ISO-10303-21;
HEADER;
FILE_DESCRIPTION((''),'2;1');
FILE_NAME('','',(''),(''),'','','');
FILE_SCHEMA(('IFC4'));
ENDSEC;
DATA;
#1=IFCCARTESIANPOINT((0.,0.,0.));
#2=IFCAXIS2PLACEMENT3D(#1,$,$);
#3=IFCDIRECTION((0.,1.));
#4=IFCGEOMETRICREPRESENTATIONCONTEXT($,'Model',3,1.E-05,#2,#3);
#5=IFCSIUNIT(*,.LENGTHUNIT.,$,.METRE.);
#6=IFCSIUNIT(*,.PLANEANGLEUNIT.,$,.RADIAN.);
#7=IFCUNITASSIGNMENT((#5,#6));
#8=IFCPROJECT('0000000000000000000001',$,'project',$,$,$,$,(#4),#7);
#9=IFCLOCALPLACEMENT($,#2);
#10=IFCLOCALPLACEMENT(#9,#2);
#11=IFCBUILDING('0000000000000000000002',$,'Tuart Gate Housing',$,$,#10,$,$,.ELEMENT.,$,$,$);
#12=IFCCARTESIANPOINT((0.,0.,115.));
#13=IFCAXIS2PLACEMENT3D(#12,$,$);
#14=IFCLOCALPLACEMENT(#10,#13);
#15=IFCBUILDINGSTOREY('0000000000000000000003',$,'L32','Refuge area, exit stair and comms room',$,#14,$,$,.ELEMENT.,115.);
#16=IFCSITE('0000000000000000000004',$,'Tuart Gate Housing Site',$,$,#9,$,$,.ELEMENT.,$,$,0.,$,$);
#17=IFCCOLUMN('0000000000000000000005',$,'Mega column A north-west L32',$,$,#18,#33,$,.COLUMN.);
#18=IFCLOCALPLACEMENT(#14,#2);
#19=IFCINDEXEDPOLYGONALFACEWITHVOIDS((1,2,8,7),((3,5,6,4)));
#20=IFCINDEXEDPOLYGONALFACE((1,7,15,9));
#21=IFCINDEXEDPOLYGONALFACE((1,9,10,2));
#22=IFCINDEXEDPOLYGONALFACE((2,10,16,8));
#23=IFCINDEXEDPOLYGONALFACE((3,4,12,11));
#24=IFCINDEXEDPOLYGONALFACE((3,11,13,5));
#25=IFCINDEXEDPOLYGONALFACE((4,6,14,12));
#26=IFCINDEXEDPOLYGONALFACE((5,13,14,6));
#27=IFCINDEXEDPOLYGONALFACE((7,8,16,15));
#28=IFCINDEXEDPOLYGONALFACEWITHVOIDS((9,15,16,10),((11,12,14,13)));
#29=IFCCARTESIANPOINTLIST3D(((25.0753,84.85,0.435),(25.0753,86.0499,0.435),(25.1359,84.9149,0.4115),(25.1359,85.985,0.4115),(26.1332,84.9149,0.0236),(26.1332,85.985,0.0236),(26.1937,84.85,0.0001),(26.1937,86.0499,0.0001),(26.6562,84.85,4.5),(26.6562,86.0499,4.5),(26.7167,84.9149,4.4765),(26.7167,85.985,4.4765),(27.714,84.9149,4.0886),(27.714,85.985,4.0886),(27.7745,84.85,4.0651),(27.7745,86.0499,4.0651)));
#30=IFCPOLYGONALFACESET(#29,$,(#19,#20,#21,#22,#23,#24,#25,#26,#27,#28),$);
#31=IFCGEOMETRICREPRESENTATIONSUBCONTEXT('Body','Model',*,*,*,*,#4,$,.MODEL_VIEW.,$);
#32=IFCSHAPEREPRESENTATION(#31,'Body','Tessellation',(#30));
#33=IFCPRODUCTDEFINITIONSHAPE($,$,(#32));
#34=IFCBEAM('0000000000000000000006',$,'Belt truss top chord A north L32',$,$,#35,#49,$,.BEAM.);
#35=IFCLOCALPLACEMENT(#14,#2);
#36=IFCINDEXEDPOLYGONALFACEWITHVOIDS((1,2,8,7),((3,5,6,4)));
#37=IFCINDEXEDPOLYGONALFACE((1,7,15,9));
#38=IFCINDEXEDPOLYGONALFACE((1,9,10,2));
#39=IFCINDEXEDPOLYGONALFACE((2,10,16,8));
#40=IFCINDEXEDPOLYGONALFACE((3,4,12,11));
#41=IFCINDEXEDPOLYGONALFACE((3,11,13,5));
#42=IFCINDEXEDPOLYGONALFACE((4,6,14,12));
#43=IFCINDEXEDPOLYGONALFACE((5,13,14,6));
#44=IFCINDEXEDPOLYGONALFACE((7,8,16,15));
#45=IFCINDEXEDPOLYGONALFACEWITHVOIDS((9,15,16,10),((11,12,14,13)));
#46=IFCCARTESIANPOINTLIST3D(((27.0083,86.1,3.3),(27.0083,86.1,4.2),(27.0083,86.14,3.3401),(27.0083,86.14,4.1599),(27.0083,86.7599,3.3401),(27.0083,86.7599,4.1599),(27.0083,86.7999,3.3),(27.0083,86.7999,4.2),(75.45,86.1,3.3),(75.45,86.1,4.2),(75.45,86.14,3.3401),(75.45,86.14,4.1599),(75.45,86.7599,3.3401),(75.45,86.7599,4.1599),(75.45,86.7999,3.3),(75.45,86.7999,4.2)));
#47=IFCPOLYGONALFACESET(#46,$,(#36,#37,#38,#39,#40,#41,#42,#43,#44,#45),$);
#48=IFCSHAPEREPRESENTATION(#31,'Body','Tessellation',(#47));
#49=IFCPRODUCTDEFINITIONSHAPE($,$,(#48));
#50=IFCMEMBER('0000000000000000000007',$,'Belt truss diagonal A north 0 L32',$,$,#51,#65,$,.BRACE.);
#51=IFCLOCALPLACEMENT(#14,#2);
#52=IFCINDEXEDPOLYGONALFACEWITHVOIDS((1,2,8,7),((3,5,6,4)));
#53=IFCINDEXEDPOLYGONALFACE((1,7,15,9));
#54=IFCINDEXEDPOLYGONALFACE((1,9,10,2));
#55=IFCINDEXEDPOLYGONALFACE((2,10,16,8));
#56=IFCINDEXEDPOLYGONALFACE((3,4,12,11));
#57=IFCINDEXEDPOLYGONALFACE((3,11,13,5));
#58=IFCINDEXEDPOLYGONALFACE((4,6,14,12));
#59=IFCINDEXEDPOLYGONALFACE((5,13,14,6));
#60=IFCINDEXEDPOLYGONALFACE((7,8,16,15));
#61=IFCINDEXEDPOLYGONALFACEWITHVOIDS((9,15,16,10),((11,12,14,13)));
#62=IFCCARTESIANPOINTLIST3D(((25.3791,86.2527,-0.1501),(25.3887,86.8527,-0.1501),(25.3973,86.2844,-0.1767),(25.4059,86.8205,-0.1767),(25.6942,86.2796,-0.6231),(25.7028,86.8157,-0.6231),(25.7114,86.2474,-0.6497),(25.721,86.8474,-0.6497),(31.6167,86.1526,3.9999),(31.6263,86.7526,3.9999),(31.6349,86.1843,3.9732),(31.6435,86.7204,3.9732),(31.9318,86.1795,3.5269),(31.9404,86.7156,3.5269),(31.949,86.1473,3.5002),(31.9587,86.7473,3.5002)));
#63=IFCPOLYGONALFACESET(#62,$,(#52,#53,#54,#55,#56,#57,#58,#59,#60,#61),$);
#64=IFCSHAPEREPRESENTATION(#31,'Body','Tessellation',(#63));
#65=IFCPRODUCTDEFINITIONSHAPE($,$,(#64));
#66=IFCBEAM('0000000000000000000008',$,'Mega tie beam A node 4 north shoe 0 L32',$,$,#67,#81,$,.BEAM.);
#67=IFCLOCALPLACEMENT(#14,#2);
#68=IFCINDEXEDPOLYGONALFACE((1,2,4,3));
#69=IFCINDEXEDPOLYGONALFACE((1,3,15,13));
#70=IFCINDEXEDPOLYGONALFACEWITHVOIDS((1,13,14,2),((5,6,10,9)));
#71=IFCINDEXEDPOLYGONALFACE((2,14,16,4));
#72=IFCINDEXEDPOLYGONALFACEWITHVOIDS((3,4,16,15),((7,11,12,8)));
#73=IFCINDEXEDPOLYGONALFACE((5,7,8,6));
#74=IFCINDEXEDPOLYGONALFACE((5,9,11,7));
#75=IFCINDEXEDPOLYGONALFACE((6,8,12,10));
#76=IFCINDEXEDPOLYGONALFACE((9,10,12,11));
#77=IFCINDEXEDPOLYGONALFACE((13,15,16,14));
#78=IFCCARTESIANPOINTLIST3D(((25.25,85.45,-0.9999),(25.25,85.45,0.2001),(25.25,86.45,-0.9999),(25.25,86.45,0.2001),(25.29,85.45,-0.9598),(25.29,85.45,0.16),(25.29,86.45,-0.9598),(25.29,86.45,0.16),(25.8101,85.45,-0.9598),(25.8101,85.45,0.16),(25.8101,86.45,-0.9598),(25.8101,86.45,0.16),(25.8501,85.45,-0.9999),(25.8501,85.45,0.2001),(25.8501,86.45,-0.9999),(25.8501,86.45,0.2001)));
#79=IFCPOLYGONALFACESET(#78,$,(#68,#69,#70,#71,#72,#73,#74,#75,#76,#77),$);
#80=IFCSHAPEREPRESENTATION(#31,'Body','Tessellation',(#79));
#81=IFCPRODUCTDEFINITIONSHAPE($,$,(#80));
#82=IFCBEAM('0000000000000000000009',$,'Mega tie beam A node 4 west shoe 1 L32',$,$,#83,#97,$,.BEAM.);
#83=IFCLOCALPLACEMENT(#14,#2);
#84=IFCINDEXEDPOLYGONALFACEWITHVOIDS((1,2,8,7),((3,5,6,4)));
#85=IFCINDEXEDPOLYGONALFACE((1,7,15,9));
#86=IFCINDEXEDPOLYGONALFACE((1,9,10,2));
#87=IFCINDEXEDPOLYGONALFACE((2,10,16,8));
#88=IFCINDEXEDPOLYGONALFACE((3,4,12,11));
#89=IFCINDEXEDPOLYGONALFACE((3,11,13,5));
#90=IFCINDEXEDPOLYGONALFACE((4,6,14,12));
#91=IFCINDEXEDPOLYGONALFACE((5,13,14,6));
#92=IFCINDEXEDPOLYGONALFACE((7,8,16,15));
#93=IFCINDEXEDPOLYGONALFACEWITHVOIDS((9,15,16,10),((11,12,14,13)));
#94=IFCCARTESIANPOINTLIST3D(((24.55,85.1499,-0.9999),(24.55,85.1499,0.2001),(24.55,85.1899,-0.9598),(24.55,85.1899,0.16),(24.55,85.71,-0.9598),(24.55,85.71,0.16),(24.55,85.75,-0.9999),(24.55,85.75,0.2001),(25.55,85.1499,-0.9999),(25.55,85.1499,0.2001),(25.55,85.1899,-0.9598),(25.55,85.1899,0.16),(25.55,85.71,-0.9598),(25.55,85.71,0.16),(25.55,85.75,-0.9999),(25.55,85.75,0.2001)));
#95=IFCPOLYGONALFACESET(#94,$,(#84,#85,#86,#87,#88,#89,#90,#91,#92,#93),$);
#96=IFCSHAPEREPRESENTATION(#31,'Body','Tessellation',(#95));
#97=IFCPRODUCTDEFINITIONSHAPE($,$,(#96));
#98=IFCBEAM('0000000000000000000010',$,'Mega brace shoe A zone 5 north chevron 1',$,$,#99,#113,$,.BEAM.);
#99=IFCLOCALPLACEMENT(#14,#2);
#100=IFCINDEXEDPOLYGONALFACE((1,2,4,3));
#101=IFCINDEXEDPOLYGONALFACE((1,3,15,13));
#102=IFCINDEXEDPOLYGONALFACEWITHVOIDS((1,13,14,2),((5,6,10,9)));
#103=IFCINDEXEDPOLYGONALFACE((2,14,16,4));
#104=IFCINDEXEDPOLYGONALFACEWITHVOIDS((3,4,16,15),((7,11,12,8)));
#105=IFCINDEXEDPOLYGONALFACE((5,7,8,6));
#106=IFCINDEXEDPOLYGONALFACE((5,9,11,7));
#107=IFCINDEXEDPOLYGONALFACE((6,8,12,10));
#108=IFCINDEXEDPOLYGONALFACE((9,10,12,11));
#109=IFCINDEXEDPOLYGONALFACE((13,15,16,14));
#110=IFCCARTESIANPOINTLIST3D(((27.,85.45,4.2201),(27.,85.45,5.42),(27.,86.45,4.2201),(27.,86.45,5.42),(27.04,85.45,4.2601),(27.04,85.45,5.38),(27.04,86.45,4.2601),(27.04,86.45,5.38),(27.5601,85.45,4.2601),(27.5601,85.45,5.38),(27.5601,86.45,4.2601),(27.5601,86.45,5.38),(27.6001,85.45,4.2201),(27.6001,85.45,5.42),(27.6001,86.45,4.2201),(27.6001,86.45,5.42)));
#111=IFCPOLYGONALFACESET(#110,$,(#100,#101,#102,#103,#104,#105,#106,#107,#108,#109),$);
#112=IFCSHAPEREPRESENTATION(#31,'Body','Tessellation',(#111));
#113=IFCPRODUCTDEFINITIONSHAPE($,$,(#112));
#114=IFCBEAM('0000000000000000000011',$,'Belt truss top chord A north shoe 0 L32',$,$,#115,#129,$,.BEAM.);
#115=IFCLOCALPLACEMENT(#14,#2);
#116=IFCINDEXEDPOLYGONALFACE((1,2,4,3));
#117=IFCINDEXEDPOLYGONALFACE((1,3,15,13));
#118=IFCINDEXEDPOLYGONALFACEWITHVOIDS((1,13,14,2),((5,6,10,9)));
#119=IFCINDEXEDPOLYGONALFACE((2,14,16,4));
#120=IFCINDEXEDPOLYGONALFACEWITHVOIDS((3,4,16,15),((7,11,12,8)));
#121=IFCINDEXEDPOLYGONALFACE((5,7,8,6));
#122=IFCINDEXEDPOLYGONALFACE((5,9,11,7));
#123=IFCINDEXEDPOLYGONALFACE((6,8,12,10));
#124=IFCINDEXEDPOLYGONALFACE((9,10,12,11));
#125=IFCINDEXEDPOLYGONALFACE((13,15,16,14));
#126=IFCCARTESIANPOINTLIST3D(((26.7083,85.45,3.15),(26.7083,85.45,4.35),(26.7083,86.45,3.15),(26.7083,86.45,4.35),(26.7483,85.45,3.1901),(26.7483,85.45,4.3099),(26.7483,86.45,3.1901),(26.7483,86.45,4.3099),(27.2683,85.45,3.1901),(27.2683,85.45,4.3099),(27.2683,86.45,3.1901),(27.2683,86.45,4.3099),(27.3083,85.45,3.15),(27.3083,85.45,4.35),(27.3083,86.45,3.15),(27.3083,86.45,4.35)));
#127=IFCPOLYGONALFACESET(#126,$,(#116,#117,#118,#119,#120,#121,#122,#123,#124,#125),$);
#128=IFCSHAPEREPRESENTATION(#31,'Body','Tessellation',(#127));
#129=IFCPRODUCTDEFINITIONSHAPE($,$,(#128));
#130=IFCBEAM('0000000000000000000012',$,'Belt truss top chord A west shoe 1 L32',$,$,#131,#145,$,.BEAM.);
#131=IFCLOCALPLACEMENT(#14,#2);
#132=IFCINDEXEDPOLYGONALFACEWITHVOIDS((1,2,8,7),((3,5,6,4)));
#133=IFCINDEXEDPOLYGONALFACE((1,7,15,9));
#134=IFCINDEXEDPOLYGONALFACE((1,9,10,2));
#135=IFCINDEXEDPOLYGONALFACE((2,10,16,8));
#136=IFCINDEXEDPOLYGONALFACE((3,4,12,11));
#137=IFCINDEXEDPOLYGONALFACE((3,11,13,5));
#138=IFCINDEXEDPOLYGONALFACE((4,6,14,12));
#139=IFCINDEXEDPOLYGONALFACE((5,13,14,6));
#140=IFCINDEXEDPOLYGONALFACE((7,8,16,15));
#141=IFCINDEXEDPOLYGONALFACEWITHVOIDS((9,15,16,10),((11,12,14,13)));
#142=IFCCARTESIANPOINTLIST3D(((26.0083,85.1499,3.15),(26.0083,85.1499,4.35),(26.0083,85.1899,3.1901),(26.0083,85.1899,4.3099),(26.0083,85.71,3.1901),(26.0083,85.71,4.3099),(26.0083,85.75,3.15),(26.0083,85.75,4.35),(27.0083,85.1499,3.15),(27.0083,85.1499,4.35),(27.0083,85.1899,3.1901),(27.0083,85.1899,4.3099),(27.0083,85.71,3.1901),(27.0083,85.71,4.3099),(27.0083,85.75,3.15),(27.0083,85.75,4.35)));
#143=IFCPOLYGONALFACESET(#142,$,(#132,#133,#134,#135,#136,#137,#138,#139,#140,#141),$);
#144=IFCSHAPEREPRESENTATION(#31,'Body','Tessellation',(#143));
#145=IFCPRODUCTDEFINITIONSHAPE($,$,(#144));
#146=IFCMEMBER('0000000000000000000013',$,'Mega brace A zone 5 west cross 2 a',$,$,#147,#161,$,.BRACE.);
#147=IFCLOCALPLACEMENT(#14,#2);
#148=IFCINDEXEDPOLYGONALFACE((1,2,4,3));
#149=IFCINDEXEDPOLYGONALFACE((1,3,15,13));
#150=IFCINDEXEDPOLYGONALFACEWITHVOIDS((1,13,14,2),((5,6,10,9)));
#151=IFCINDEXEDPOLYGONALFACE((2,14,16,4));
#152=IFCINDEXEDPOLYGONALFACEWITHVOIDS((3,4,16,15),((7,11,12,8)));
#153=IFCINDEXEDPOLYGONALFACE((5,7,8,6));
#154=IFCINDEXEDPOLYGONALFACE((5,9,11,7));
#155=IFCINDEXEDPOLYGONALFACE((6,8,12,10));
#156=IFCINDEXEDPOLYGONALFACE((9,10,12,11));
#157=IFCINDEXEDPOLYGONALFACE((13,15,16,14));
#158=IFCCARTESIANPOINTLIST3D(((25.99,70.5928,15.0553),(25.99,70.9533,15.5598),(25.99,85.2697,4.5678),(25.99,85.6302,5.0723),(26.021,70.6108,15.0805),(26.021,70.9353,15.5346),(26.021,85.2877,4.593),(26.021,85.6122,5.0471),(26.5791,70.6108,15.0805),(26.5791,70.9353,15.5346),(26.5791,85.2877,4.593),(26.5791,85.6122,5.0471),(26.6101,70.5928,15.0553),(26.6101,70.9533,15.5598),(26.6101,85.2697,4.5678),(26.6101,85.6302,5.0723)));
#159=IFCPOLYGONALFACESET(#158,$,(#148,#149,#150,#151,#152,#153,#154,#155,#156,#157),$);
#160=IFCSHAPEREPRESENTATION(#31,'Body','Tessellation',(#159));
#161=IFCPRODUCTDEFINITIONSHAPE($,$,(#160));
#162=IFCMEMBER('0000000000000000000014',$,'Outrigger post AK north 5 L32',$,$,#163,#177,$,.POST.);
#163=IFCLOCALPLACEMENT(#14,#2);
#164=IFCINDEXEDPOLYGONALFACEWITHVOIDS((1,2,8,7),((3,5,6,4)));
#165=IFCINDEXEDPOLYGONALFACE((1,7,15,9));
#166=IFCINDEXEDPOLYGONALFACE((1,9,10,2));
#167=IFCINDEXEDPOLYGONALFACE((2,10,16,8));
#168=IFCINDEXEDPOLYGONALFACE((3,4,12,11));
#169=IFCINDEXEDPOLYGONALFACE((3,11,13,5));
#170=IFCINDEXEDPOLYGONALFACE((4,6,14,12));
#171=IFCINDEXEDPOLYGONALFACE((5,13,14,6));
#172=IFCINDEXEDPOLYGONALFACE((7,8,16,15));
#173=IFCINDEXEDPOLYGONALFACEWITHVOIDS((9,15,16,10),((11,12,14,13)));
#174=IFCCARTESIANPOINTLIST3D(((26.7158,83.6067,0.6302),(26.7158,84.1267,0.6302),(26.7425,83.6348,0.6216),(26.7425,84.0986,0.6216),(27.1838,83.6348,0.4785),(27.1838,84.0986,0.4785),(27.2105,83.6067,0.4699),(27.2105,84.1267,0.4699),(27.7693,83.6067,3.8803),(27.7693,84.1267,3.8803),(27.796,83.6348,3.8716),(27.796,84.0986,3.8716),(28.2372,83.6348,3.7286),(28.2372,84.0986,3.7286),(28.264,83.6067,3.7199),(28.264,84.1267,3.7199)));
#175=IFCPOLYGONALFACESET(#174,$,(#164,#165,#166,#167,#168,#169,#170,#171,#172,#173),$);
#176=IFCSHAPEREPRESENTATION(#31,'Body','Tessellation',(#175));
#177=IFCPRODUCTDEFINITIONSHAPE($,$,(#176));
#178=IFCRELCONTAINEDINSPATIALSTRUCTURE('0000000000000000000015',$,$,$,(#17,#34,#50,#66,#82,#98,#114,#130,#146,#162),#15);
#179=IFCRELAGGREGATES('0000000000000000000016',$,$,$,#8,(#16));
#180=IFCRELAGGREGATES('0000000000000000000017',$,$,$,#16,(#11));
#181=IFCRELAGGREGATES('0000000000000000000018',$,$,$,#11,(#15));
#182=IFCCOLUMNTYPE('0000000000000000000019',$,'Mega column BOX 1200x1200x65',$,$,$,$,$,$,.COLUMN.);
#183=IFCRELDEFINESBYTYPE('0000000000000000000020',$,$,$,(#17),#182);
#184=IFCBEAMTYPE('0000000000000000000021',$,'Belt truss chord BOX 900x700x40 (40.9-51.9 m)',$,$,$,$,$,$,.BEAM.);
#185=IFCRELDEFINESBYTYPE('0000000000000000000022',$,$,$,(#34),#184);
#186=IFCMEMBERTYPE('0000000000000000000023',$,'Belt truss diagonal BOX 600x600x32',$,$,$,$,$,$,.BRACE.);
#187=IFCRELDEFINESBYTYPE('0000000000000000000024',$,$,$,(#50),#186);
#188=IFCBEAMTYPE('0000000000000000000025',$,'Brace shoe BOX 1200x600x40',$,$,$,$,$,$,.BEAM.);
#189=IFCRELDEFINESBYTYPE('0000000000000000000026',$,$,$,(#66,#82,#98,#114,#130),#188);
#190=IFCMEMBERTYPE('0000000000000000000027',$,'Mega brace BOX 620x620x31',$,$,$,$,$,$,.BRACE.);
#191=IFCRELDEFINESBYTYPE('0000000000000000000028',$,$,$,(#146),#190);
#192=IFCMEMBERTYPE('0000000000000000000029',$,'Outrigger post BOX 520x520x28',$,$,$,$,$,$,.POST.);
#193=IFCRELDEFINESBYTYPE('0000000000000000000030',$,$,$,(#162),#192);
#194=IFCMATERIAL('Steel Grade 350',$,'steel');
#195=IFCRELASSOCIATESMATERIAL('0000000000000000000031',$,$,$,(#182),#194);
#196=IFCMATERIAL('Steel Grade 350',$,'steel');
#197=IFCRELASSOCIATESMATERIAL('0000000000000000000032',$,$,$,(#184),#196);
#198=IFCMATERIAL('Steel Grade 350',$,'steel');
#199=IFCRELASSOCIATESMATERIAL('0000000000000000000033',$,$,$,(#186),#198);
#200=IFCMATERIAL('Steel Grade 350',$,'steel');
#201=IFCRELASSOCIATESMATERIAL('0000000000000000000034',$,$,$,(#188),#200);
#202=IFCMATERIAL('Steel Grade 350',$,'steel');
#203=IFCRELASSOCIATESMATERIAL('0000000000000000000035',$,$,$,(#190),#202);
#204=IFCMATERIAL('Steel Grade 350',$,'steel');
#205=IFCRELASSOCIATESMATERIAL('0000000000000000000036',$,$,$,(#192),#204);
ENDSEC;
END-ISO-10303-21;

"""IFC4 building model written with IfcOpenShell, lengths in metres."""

from ifc_helpers import new_model, si_unit, direction, frame, origin, origin_2d, place, context, subcontext, project, spatial, hollow_rectangle, extrude, material, material_profile, profile_set, type_object, element, save


model = new_model("IFC4")

# Units and contexts
model_context = context("Model", 3, precision=1e-05, world=origin(), true_north=direction((0.0, 1.0)))
body_context = subcontext(model_context, "Body", "Model", "MODEL_VIEW")
ifc_project = project(units=[si_unit("LENGTHUNIT", "METRE"), si_unit("PLANEANGLEUNIT", "RADIAN")], contexts=[model_context])

# Site, building, storey
site_placement = place(None, origin())
site = spatial("IfcSite", under=ifc_project, at=site_placement, Name="Tuart Gate Housing Site", CompositionType="ELEMENT", RefElevation=0.0)
building_placement = place(site_placement, origin())
building = spatial("IfcBuilding", under=site, at=building_placement, Name="Tuart Gate Housing", CompositionType="ELEMENT")
storey_placement = place(building_placement, frame((0.0, 0.0, 115.0)))
storey = spatial("IfcBuildingStorey", under=building, at=storey_placement, Name="L32", Description="Refuge area, exit stair and comms room", CompositionType="ELEMENT", Elevation=115.0)

# Column
ifc_material_1 = material(Name="Steel Grade 350", Category="steel")
ifc_material_profile_1 = material_profile(ifc_material_1, hollow_rectangle(XDim=1.2, YDim=1.2, WallThickness=0.0649, at=origin_2d()), Name="BOX 1200x1200x65")
ifc_profile_set_1 = profile_set([ifc_material_profile_1], Name="Steel Grade 350")
column_type = type_object("IfcColumnType", Name="Mega column BOX 1200x1200x65", PredefinedType="COLUMN", material=ifc_profile_set_1)
column_placement = place(storey_placement, frame((25.6345, 85.45, 0.2175), z_axis=(0.362446, 0.0, 0.932005), x_axis=(0.0, 1.0, 0.0)))
element("IfcColumn", 1, at=column_placement, inside=storey, type_object=column_type, Name="Mega column A north-west L32", PredefinedType="COLUMN", context=body_context, shape_type="SweptSolid", body=[
    extrude(hollow_rectangle(XDim=1.2, YDim=1.2, WallThickness=0.0649, at=origin_2d()), origin(), (0.0, 0.0, 1.0), 4.3616),
])

# Beam
ifc_material_2 = material(Name="Steel Grade 350", Category="steel")
ifc_material_profile_2 = material_profile(ifc_material_2, hollow_rectangle(XDim=0.7, YDim=0.8999, WallThickness=0.04, at=origin_2d()), Name="BOX 900x700x40")
ifc_profile_set_2 = profile_set([ifc_material_profile_2], Name="Steel Grade 350")
beam_type_1 = type_object("IfcBeamType", Name="Belt truss chord BOX 900x700x40 (40.9-51.9 m)", PredefinedType="BEAM", material=ifc_profile_set_2)
beam_1_placement = place(storey_placement, frame((27.0083, 86.45, 3.75), z_axis=(1.0, 0.0, 0.0), x_axis=(0.0, 1.0, 0.0)))
element("IfcBeam", 2, at=beam_1_placement, inside=storey, type_object=beam_type_1, Name="Belt truss top chord A north L32", PredefinedType="BEAM", context=body_context, shape_type="SweptSolid", body=[
    extrude(hollow_rectangle(XDim=0.7, YDim=0.8999, WallThickness=0.04, at=origin_2d()), origin(), (0.0, 0.0, 1.0), 48.4417),
])

# Member
ifc_material_3 = material(Name="Steel Grade 350", Category="steel")
ifc_material_profile_3 = material_profile(ifc_material_3, hollow_rectangle(XDim=0.6001, YDim=0.6001, WallThickness=0.032, at=origin_2d()), Name="BOX 600x600x32")
ifc_profile_set_3 = profile_set([ifc_material_profile_3], Name="Steel Grade 350")
member_type_1 = type_object("IfcMemberType", Name="Belt truss diagonal BOX 600x600x32", PredefinedType="BRACE", material=ifc_profile_set_3)
member_1_placement = place(storey_placement, frame((25.55, 86.55, -0.3999), z_axis=(0.832497, -0.01336, 0.553868), x_axis=(0.016046, 0.999871, 0.0)))
element("IfcMember", 3, at=member_1_placement, inside=storey, type_object=member_type_1, Name="Belt truss diagonal A north 0 L32", PredefinedType="BRACE", context=body_context, shape_type="SweptSolid", body=[
    extrude(hollow_rectangle(XDim=0.6001, YDim=0.6001, WallThickness=0.032, at=origin_2d()), origin(), (0.0, 0.0, 1.0), 7.4927),
])

# Beams
ifc_material_4 = material(Name="Steel Grade 350", Category="steel")
ifc_material_profile_4 = material_profile(ifc_material_4, hollow_rectangle(XDim=0.6001, YDim=1.2, WallThickness=0.04, at=origin_2d()), Name="BOX 1200x600x40")
ifc_profile_set_4 = profile_set([ifc_material_profile_4], Name="Steel Grade 350")
beam_type_2 = type_object("IfcBeamType", Name="Brace shoe BOX 1200x600x40", PredefinedType="BEAM", material=ifc_profile_set_4)
for number, where, z_axis, x_axis, name in (
    (4, (25.55, 85.45, -0.3999), (0.0, 1.0, 0.0), (-1.0, 0.0, 0.0), "Mega tie beam A node 4 north shoe 0 L32"),
    (5, (25.55, 85.45, -0.3999), (-1.0, 0.0, 0.0), (0.0, -1.0, 0.0), "Mega tie beam A node 4 west shoe 1 L32"),
    (6, (27.3, 85.45, 4.8201), (0.0, 1.0, 0.0), (-1.0, 0.0, 0.0), "Mega brace shoe A zone 5 north chevron 1"),
    (7, (27.0083, 85.45, 3.75), (0.0, 1.0, 0.0), (-1.0, 0.0, 0.0), "Belt truss top chord A north shoe 0 L32"),
    (8, (27.0083, 85.45, 3.75), (-1.0, 0.0, 0.0), (0.0, -1.0, 0.0), "Belt truss top chord A west shoe 1 L32"),
):
    element("IfcBeam", number, at=place(storey_placement, frame(where, z_axis=z_axis, x_axis=x_axis)), inside=storey, type_object=beam_type_2, Name=name, PredefinedType="BEAM", context=body_context, shape_type="SweptSolid", body=[
        extrude(hollow_rectangle(XDim=0.6001, YDim=1.2, WallThickness=0.04, at=origin_2d()), origin(), (0.0, 0.0, 1.0), 1.0),
    ])

# Members
ifc_material_5 = material(Name="Steel Grade 350", Category="steel")
ifc_material_profile_5 = material_profile(ifc_material_5, hollow_rectangle(XDim=0.6201, YDim=0.6201, WallThickness=0.031, at=origin_2d()), Name="BOX 620x620x31")
ifc_profile_set_5 = profile_set([ifc_material_profile_5], Name="Steel Grade 350")
member_type_2 = type_object("IfcMemberType", Name="Mega brace BOX 620x620x31", PredefinedType="BRACE", material=ifc_profile_set_5)
member_2_placement = place(storey_placement, frame((26.3, 85.45, 4.8201), z_axis=(0.0, -0.813629, 0.581384), x_axis=(1.0, 0.0, 0.0)))
element("IfcMember", 9, at=member_2_placement, inside=storey, type_object=member_type_2, Name="Mega brace A zone 5 west cross 2 a", PredefinedType="BRACE", context=body_context, shape_type="SweptSolid", body=[
    extrude(hollow_rectangle(XDim=0.6201, YDim=0.6201, WallThickness=0.031, at=origin_2d()), origin(), (0.0, 0.0, 1.0), 18.0388),
])
ifc_material_6 = material(Name="Steel Grade 350", Category="steel")
ifc_material_profile_6 = material_profile(ifc_material_6, hollow_rectangle(XDim=0.52, YDim=0.52, WallThickness=0.0281, at=origin_2d()), Name="BOX 520x520x28")
ifc_profile_set_6 = profile_set([ifc_material_profile_6], Name="Steel Grade 350")
member_type_3 = type_object("IfcMemberType", Name="Outrigger post BOX 520x520x28", PredefinedType="POST", material=ifc_profile_set_6)
member_3_placement = place(storey_placement, frame((26.9631, 83.8667, 0.55), z_axis=(0.308349, 0.0, 0.951273), x_axis=(0.0, 1.0, 0.0)))
element("IfcMember", 10, at=member_3_placement, inside=storey, type_object=member_type_3, Name="Outrigger post AK north 5 L32", PredefinedType="POST", context=body_context, shape_type="SweptSolid", body=[
    extrude(hollow_rectangle(XDim=0.52, YDim=0.52, WallThickness=0.0281, at=origin_2d()), origin(), (0.0, 0.0, 1.0), 3.4165),
])

save(model, "model.ifc")
